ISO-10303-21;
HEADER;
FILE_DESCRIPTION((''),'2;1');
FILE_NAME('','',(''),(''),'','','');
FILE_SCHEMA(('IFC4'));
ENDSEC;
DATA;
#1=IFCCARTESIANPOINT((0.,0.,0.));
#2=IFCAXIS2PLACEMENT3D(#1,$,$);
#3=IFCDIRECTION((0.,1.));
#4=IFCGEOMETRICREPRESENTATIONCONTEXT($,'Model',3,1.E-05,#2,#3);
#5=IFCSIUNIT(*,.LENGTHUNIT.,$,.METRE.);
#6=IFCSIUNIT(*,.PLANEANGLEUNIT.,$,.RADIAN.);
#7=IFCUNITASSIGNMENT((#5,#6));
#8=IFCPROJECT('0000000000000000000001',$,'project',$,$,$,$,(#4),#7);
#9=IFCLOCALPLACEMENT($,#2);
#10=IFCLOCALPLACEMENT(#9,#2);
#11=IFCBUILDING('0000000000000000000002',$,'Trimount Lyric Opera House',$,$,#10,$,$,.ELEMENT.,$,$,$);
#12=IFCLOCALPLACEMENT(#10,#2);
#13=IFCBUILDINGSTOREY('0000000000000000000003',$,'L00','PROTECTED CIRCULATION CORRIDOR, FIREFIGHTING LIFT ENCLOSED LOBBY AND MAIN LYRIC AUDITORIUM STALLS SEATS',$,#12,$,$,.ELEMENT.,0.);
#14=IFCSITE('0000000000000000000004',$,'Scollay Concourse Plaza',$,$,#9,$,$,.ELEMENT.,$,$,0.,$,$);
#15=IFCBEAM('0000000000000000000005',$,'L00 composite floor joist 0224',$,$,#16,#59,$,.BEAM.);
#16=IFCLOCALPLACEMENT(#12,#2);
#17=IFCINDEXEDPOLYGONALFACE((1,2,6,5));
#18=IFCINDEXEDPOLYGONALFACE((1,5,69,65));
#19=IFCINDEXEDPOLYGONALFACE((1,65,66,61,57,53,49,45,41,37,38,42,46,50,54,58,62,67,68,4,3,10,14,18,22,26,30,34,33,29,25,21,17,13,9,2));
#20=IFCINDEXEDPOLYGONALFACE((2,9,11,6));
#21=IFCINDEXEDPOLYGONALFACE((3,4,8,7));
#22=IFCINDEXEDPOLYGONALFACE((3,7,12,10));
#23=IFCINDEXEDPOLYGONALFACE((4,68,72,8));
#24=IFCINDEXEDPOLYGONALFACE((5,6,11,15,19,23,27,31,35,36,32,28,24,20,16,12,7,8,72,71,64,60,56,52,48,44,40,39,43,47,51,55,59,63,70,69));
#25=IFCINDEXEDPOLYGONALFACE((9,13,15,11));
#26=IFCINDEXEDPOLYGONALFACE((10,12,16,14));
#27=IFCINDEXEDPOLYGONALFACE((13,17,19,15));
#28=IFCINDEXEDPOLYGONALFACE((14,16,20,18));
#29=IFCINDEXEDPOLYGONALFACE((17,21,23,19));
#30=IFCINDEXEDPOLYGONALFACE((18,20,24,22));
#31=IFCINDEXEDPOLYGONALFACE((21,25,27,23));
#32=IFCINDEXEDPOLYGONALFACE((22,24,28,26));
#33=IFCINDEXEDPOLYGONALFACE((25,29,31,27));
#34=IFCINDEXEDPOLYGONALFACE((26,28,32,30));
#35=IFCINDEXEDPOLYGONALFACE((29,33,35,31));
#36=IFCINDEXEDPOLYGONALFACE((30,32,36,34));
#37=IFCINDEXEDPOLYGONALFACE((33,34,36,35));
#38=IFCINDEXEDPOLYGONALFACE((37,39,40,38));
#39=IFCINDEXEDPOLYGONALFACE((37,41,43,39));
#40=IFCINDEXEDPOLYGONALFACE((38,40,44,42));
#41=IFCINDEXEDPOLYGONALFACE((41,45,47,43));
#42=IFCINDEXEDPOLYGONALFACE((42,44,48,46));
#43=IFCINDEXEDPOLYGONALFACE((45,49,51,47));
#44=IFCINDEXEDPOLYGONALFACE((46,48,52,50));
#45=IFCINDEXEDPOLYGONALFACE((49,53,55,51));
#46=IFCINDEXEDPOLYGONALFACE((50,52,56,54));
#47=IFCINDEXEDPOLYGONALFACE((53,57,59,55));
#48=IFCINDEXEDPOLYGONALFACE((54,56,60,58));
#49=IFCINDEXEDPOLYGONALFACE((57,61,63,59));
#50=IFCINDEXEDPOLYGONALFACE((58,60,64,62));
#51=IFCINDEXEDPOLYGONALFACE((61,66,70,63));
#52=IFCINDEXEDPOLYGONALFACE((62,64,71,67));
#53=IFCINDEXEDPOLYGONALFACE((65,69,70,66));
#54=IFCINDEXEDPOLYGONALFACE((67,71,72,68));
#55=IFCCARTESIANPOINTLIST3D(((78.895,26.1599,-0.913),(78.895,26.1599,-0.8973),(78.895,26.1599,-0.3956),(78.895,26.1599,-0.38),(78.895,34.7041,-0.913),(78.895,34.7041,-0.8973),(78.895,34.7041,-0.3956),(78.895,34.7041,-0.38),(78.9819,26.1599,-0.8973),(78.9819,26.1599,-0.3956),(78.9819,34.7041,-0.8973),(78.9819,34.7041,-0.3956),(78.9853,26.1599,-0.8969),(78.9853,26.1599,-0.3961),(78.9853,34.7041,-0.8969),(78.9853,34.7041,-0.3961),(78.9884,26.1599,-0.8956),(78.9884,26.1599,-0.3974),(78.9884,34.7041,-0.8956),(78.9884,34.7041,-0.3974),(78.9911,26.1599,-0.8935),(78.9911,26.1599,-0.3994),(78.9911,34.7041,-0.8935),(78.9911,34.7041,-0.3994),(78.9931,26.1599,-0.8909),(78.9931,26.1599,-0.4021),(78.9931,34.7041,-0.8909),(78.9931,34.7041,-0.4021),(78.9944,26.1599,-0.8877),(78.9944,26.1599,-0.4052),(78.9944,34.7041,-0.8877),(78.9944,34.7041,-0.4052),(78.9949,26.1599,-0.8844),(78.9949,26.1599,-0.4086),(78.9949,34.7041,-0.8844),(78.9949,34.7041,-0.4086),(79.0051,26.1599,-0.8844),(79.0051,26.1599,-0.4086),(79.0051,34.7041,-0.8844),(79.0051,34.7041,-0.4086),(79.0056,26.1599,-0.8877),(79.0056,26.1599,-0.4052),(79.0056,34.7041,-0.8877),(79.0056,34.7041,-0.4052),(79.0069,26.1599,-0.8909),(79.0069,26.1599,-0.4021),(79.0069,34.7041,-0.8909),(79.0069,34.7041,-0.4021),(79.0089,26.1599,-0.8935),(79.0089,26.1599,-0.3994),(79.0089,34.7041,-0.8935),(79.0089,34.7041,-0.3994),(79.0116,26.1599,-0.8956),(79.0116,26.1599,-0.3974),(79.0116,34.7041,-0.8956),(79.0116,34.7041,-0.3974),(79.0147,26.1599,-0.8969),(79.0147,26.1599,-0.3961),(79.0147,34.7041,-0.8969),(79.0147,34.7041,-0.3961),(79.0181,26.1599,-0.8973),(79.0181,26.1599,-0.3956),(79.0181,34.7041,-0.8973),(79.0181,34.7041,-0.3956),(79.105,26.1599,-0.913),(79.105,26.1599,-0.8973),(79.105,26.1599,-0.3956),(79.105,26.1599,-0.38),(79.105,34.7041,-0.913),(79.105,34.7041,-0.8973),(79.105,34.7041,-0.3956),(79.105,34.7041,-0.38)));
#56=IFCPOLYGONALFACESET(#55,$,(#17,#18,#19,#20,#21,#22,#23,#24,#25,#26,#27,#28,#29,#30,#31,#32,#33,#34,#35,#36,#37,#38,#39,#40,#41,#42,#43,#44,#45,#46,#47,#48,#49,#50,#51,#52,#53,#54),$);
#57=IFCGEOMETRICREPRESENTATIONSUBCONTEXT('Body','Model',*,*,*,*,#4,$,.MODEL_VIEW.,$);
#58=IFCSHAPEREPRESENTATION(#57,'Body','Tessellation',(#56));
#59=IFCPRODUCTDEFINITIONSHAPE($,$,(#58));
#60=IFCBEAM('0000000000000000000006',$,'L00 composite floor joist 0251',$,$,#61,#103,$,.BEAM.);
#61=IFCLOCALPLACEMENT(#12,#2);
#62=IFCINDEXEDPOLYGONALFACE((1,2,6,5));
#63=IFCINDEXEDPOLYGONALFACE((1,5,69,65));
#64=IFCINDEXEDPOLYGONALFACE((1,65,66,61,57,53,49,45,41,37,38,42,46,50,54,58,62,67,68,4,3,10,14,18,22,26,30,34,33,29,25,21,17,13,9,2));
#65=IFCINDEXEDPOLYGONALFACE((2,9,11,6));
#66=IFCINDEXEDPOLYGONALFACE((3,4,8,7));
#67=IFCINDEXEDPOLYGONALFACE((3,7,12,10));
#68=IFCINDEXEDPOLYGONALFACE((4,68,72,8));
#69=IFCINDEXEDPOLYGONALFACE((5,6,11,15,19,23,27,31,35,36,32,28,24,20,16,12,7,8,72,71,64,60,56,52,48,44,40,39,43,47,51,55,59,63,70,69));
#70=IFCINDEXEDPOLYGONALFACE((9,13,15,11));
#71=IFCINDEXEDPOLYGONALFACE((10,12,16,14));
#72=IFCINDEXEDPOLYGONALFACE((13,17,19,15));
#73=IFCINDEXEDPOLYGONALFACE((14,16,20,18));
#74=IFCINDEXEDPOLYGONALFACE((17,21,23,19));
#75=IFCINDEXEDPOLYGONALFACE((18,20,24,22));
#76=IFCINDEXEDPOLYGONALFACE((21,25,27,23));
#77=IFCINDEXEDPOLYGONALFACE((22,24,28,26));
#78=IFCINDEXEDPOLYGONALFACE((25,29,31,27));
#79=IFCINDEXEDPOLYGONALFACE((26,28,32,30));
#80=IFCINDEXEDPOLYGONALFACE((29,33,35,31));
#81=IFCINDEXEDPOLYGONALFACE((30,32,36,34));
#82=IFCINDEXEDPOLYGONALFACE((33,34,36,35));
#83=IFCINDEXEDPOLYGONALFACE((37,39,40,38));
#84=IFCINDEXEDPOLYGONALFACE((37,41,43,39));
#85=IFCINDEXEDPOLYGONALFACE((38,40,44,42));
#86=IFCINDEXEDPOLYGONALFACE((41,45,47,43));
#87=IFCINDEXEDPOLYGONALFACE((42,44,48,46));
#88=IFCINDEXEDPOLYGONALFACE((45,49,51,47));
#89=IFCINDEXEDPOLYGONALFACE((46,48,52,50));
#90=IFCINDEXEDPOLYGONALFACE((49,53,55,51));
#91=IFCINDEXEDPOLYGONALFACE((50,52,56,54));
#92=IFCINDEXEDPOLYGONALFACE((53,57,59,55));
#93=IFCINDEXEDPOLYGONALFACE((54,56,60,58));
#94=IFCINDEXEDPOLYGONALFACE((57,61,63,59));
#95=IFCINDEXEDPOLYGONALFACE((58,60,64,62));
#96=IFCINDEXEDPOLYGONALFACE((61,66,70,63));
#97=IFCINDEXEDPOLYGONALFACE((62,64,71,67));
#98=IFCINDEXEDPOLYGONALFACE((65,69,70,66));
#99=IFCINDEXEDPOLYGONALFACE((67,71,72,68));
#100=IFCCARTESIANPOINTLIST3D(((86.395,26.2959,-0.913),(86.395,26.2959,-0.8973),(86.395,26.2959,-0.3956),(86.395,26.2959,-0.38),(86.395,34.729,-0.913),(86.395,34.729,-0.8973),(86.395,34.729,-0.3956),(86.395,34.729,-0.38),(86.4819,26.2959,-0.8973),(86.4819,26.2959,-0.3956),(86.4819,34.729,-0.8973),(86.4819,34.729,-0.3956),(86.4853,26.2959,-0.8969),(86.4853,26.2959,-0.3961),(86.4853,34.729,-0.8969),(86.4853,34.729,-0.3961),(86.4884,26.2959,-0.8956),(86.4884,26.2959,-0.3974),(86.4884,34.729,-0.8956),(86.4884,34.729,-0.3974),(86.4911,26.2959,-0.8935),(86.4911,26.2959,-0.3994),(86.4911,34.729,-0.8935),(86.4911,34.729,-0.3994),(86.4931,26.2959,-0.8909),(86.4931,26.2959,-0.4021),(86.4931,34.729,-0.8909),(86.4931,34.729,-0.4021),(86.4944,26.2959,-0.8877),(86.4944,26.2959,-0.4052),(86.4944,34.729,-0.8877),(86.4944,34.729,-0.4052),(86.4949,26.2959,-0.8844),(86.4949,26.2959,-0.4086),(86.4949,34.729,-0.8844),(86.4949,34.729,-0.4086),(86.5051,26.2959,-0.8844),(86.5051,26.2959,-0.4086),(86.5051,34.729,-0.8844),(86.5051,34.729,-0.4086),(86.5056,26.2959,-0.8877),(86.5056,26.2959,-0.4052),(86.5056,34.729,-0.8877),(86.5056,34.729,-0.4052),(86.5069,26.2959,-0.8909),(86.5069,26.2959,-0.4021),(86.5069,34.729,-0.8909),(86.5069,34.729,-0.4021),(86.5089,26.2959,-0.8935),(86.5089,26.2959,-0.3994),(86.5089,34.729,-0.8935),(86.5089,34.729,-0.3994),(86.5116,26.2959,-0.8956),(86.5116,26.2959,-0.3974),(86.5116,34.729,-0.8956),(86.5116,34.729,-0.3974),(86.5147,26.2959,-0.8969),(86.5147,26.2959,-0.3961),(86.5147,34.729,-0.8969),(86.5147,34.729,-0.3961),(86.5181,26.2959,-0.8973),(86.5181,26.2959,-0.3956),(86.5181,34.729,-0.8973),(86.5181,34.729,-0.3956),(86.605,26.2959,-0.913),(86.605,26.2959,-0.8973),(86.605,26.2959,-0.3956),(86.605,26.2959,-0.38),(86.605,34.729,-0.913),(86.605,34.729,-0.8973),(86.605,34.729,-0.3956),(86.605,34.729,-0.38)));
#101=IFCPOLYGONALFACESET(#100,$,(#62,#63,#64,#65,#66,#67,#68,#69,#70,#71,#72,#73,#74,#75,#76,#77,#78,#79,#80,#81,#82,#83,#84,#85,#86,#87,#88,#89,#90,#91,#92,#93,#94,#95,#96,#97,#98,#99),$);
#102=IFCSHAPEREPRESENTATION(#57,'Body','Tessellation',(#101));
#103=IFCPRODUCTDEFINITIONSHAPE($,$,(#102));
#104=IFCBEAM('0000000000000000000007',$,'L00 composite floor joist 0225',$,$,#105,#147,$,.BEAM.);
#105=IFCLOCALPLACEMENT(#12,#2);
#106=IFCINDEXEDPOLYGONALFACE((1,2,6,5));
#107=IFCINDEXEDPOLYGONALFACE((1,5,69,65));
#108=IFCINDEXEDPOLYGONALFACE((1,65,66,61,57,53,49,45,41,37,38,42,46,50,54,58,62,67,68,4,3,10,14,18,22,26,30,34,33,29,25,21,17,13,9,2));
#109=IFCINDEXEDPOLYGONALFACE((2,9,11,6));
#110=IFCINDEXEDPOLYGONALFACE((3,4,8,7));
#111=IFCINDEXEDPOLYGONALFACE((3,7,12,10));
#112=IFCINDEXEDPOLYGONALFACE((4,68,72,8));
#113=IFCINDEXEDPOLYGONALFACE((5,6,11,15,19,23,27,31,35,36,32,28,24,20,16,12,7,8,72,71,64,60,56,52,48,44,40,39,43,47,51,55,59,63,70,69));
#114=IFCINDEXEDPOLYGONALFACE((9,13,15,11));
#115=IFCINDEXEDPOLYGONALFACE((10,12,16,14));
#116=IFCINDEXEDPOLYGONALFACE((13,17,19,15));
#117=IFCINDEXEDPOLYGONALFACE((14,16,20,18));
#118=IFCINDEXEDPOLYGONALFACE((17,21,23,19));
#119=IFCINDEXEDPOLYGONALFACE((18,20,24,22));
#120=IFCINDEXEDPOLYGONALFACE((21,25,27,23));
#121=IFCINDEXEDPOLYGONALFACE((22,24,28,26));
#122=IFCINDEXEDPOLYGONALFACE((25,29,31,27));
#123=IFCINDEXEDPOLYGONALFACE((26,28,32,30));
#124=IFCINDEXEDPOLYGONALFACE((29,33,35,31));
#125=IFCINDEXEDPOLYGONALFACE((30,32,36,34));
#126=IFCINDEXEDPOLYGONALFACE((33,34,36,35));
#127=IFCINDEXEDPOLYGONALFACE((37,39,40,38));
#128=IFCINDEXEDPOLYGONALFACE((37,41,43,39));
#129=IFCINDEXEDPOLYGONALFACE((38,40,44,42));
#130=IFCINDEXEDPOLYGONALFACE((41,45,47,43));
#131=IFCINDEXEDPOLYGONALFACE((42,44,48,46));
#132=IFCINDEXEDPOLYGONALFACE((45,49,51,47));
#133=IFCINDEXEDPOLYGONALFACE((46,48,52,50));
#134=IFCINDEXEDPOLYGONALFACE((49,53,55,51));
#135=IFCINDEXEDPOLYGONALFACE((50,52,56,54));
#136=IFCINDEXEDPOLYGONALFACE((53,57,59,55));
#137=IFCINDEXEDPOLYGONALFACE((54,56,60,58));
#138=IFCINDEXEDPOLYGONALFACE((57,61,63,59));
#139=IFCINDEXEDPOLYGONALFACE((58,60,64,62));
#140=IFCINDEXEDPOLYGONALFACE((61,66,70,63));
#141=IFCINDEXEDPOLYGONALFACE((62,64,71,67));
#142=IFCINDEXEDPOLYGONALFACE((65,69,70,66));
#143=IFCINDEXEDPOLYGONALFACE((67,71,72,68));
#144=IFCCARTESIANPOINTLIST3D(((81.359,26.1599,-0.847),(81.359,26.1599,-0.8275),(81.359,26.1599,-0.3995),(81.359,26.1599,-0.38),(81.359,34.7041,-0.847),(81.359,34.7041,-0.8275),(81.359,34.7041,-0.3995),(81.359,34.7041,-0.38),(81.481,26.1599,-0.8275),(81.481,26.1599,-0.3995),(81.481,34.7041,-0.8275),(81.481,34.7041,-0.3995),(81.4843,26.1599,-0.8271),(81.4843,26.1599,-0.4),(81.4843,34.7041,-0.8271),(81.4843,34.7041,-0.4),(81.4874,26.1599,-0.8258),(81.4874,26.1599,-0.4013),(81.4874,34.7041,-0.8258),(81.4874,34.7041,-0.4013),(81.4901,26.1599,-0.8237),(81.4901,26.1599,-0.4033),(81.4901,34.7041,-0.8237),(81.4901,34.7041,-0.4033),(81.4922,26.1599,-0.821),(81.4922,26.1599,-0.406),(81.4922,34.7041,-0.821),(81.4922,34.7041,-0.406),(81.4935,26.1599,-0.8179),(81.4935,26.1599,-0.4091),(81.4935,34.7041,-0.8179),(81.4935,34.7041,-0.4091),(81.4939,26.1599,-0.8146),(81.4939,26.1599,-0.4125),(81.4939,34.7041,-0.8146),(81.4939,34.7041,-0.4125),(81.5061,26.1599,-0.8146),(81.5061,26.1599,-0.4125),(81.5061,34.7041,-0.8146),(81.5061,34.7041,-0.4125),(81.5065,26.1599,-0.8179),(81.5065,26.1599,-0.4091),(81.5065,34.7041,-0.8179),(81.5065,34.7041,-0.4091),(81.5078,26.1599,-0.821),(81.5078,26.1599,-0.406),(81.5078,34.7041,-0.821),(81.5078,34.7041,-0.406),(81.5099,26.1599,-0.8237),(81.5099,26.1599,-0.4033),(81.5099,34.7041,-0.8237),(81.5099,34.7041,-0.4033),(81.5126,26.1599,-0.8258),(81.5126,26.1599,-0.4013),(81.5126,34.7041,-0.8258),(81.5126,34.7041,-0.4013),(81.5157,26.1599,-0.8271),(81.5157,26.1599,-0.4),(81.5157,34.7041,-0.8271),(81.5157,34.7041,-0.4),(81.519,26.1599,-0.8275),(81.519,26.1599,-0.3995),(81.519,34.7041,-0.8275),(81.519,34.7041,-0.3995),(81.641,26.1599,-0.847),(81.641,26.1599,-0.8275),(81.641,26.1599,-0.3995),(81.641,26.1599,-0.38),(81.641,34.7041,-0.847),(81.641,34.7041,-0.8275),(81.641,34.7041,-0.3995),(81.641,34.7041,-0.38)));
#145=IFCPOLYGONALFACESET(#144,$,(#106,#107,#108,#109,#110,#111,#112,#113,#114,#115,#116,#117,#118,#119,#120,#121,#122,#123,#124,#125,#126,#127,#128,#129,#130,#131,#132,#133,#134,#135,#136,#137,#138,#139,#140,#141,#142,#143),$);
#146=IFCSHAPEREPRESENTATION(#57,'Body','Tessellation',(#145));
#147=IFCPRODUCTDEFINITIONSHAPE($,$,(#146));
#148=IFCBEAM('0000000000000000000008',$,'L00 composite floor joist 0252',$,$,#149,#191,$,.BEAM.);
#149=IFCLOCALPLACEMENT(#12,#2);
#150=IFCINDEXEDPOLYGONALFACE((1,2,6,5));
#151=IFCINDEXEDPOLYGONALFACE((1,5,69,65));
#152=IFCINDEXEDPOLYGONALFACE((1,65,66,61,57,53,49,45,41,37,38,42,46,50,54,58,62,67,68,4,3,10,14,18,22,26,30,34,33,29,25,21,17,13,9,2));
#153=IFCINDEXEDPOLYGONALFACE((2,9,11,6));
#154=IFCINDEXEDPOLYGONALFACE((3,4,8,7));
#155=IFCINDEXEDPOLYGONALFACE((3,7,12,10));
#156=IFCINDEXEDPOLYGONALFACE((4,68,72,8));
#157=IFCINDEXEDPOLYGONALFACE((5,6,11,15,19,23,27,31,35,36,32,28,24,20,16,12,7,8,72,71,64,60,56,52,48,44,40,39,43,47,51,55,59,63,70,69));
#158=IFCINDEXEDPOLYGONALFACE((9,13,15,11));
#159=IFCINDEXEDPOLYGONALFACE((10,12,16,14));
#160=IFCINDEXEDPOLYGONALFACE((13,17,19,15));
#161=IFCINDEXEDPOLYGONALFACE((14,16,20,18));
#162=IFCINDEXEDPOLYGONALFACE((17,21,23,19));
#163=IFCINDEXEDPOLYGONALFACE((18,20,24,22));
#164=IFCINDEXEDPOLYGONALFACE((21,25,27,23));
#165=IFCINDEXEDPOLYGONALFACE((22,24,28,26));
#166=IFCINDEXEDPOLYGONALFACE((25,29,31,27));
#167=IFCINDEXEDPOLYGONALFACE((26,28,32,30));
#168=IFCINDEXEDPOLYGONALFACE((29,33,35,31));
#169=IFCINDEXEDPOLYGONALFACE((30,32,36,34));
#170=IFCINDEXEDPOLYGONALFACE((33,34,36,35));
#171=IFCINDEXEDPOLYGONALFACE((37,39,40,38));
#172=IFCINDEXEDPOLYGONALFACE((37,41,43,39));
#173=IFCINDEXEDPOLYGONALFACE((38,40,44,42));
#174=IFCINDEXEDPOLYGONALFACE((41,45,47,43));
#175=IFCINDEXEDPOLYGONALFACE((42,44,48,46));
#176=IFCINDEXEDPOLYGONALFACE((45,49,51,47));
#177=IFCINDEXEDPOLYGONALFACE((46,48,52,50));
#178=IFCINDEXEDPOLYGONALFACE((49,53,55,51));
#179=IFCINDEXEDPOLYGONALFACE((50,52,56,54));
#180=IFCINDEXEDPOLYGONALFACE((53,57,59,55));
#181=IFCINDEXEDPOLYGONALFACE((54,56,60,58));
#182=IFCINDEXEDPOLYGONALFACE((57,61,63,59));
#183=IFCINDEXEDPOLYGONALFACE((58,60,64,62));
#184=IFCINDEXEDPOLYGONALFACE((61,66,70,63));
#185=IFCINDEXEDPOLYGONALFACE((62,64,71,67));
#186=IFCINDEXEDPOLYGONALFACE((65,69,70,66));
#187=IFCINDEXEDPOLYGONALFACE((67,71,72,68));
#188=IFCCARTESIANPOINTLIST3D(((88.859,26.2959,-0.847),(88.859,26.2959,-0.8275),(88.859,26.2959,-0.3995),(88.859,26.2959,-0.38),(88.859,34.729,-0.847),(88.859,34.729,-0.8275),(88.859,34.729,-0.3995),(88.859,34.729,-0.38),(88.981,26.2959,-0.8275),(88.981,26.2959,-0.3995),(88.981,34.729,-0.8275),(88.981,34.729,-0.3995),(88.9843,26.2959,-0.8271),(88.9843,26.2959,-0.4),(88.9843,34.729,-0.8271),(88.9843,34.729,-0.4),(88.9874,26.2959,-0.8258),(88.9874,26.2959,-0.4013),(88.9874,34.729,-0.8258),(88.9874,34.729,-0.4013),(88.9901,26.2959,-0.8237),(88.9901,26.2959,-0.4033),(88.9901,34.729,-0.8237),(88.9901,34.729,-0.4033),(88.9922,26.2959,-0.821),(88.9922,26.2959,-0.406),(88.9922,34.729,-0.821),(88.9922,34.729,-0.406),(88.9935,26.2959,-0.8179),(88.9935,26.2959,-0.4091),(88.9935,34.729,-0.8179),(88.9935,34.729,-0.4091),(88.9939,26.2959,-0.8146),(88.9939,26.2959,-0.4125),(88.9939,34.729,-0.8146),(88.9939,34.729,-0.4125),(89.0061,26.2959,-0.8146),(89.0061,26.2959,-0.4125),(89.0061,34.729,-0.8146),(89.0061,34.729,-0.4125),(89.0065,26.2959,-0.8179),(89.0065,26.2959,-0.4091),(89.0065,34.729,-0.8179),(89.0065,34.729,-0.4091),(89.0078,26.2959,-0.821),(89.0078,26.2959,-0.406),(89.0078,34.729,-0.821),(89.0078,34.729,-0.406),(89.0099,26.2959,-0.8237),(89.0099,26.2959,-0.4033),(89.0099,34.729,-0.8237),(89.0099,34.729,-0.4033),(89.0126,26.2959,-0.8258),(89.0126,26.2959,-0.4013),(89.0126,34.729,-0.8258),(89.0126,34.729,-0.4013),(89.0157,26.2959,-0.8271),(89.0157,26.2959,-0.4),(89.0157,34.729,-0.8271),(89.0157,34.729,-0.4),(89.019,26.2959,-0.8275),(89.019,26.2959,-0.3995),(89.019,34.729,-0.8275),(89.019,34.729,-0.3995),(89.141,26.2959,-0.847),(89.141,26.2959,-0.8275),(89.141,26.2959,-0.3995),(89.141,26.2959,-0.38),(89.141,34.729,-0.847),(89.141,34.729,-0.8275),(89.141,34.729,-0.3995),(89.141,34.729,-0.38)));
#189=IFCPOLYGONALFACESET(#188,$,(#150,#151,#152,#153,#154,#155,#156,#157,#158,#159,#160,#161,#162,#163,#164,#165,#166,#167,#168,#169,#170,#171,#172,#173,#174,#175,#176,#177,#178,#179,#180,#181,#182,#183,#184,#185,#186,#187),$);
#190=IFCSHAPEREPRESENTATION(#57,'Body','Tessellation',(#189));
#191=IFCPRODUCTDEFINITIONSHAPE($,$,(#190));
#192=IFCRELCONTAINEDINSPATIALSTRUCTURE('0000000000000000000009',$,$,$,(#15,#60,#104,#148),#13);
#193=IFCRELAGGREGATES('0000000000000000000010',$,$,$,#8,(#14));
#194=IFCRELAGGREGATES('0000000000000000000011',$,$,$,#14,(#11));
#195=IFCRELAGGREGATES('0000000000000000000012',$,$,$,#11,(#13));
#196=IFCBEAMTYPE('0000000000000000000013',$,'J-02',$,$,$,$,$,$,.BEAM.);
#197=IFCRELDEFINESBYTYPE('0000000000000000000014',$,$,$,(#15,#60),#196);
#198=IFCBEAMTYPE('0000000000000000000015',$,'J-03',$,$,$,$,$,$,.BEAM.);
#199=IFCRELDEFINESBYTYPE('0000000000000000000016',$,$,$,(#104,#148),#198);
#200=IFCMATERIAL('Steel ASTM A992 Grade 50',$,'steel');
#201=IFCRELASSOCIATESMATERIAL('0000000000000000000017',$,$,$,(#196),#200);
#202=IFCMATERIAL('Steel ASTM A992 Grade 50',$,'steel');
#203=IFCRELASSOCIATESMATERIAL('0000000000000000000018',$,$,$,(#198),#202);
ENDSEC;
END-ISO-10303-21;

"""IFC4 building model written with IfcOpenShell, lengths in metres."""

from ifc_helpers import new_model, si_unit, direction, frame, origin, origin_2d, place, context, subcontext, project, spatial, i_section, extrude, material, material_profile, profile_set, type_object, element, save


model = new_model("IFC4")

# Units and contexts
model_context = context("Model", 3, precision=1e-05, world=origin(), true_north=direction((0.0, 1.0)))
body_context = subcontext(model_context, "Body", "Model", "MODEL_VIEW")
ifc_project = project(units=[si_unit("LENGTHUNIT", "METRE"), si_unit("PLANEANGLEUNIT", "RADIAN")], contexts=[model_context])

# Site, building, storey
site_placement = place(None, origin())
site = spatial("IfcSite", under=ifc_project, at=site_placement, Name="Scollay Concourse Plaza", CompositionType="ELEMENT", RefElevation=0.0)
building_placement = place(site_placement, origin())
building = spatial("IfcBuilding", under=site, at=building_placement, Name="Trimount Lyric Opera House", CompositionType="ELEMENT")
storey_placement = place(building_placement, origin())
storey = spatial("IfcBuildingStorey", under=building, at=storey_placement, Name="L00", Description="PROTECTED CIRCULATION CORRIDOR, FIREFIGHTING LIFT ENCLOSED LOBBY AND MAIN LYRIC AUDITORIUM STALLS SEATS", CompositionType="ELEMENT", Elevation=0.0)

# Beams
ifc_material_1 = material(Name="Steel ASTM A992 Grade 50", Category="steel")
ifc_material_profile_1 = material_profile(ifc_material_1, i_section(OverallWidth=0.21, OverallDepth=0.533, WebThickness=0.0103, FlangeThickness=0.0156, FilletRadius=0.0129, at=origin_2d()), Name="W21X62")
ifc_profile_set_1 = profile_set([ifc_material_profile_1], Name="Steel ASTM A992 Grade 50")
beam_type_1 = type_object("IfcBeamType", Name="J-02", PredefinedType="BEAM", material=ifc_profile_set_1)
beam_1_placement = place(storey_placement, frame((79.0, 26.1599, -0.6465), z_axis=(0.0, 1.0, 0.0), x_axis=(-1.0, 0.0, 0.0)))
element("IfcBeam", 1, at=beam_1_placement, inside=storey, type_object=beam_type_1, Name="L00 composite floor joist 0224", PredefinedType="BEAM", context=body_context, shape_type="SweptSolid", body=[
    extrude(i_section(OverallWidth=0.21, OverallDepth=0.533, WebThickness=0.0103, FlangeThickness=0.0156, FilletRadius=0.0129, at=origin_2d()), origin(), (0.0, 0.0, 1.0), 8.5442),
])
beam_2_placement = place(storey_placement, frame((86.5, 26.2959, -0.6465), z_axis=(0.0, 1.0, 0.0), x_axis=(-1.0, 0.0, 0.0)))
element("IfcBeam", 2, at=beam_2_placement, inside=storey, type_object=beam_type_1, Name="L00 composite floor joist 0251", PredefinedType="BEAM", context=body_context, shape_type="SweptSolid", body=[
    extrude(i_section(OverallWidth=0.21, OverallDepth=0.533, WebThickness=0.0103, FlangeThickness=0.0156, FilletRadius=0.0129, at=origin_2d()), origin(), (0.0, 0.0, 1.0), 8.4331),
])
ifc_material_2 = material(Name="Steel ASTM A992 Grade 50", Category="steel")
ifc_material_profile_2 = material_profile(ifc_material_2, i_section(OverallWidth=0.282, OverallDepth=0.467, WebThickness=0.0122, FlangeThickness=0.0195, FilletRadius=0.0129, at=origin_2d()), Name="W18X86")
ifc_profile_set_2 = profile_set([ifc_material_profile_2], Name="Steel ASTM A992 Grade 50")
beam_type_2 = type_object("IfcBeamType", Name="J-03", PredefinedType="BEAM", material=ifc_profile_set_2)
beam_3_placement = place(storey_placement, frame((81.5, 26.1599, -0.6135), z_axis=(0.0, 1.0, 0.0), x_axis=(-1.0, 0.0, 0.0)))
element("IfcBeam", 3, at=beam_3_placement, inside=storey, type_object=beam_type_2, Name="L00 composite floor joist 0225", PredefinedType="BEAM", context=body_context, shape_type="SweptSolid", body=[
    extrude(i_section(OverallWidth=0.282, OverallDepth=0.467, WebThickness=0.0122, FlangeThickness=0.0195, FilletRadius=0.0129, at=origin_2d()), origin(), (0.0, 0.0, 1.0), 8.5442),
])
beam_4_placement = place(storey_placement, frame((89.0, 26.2959, -0.6135), z_axis=(0.0, 1.0, 0.0), x_axis=(-1.0, 0.0, 0.0)))
element("IfcBeam", 4, at=beam_4_placement, inside=storey, type_object=beam_type_2, Name="L00 composite floor joist 0252", PredefinedType="BEAM", context=body_context, shape_type="SweptSolid", body=[
    extrude(i_section(OverallWidth=0.282, OverallDepth=0.467, WebThickness=0.0122, FlangeThickness=0.0195, FilletRadius=0.0129, at=origin_2d()), origin(), (0.0, 0.0, 1.0), 8.4331),
])

save(model, "model.ifc")
